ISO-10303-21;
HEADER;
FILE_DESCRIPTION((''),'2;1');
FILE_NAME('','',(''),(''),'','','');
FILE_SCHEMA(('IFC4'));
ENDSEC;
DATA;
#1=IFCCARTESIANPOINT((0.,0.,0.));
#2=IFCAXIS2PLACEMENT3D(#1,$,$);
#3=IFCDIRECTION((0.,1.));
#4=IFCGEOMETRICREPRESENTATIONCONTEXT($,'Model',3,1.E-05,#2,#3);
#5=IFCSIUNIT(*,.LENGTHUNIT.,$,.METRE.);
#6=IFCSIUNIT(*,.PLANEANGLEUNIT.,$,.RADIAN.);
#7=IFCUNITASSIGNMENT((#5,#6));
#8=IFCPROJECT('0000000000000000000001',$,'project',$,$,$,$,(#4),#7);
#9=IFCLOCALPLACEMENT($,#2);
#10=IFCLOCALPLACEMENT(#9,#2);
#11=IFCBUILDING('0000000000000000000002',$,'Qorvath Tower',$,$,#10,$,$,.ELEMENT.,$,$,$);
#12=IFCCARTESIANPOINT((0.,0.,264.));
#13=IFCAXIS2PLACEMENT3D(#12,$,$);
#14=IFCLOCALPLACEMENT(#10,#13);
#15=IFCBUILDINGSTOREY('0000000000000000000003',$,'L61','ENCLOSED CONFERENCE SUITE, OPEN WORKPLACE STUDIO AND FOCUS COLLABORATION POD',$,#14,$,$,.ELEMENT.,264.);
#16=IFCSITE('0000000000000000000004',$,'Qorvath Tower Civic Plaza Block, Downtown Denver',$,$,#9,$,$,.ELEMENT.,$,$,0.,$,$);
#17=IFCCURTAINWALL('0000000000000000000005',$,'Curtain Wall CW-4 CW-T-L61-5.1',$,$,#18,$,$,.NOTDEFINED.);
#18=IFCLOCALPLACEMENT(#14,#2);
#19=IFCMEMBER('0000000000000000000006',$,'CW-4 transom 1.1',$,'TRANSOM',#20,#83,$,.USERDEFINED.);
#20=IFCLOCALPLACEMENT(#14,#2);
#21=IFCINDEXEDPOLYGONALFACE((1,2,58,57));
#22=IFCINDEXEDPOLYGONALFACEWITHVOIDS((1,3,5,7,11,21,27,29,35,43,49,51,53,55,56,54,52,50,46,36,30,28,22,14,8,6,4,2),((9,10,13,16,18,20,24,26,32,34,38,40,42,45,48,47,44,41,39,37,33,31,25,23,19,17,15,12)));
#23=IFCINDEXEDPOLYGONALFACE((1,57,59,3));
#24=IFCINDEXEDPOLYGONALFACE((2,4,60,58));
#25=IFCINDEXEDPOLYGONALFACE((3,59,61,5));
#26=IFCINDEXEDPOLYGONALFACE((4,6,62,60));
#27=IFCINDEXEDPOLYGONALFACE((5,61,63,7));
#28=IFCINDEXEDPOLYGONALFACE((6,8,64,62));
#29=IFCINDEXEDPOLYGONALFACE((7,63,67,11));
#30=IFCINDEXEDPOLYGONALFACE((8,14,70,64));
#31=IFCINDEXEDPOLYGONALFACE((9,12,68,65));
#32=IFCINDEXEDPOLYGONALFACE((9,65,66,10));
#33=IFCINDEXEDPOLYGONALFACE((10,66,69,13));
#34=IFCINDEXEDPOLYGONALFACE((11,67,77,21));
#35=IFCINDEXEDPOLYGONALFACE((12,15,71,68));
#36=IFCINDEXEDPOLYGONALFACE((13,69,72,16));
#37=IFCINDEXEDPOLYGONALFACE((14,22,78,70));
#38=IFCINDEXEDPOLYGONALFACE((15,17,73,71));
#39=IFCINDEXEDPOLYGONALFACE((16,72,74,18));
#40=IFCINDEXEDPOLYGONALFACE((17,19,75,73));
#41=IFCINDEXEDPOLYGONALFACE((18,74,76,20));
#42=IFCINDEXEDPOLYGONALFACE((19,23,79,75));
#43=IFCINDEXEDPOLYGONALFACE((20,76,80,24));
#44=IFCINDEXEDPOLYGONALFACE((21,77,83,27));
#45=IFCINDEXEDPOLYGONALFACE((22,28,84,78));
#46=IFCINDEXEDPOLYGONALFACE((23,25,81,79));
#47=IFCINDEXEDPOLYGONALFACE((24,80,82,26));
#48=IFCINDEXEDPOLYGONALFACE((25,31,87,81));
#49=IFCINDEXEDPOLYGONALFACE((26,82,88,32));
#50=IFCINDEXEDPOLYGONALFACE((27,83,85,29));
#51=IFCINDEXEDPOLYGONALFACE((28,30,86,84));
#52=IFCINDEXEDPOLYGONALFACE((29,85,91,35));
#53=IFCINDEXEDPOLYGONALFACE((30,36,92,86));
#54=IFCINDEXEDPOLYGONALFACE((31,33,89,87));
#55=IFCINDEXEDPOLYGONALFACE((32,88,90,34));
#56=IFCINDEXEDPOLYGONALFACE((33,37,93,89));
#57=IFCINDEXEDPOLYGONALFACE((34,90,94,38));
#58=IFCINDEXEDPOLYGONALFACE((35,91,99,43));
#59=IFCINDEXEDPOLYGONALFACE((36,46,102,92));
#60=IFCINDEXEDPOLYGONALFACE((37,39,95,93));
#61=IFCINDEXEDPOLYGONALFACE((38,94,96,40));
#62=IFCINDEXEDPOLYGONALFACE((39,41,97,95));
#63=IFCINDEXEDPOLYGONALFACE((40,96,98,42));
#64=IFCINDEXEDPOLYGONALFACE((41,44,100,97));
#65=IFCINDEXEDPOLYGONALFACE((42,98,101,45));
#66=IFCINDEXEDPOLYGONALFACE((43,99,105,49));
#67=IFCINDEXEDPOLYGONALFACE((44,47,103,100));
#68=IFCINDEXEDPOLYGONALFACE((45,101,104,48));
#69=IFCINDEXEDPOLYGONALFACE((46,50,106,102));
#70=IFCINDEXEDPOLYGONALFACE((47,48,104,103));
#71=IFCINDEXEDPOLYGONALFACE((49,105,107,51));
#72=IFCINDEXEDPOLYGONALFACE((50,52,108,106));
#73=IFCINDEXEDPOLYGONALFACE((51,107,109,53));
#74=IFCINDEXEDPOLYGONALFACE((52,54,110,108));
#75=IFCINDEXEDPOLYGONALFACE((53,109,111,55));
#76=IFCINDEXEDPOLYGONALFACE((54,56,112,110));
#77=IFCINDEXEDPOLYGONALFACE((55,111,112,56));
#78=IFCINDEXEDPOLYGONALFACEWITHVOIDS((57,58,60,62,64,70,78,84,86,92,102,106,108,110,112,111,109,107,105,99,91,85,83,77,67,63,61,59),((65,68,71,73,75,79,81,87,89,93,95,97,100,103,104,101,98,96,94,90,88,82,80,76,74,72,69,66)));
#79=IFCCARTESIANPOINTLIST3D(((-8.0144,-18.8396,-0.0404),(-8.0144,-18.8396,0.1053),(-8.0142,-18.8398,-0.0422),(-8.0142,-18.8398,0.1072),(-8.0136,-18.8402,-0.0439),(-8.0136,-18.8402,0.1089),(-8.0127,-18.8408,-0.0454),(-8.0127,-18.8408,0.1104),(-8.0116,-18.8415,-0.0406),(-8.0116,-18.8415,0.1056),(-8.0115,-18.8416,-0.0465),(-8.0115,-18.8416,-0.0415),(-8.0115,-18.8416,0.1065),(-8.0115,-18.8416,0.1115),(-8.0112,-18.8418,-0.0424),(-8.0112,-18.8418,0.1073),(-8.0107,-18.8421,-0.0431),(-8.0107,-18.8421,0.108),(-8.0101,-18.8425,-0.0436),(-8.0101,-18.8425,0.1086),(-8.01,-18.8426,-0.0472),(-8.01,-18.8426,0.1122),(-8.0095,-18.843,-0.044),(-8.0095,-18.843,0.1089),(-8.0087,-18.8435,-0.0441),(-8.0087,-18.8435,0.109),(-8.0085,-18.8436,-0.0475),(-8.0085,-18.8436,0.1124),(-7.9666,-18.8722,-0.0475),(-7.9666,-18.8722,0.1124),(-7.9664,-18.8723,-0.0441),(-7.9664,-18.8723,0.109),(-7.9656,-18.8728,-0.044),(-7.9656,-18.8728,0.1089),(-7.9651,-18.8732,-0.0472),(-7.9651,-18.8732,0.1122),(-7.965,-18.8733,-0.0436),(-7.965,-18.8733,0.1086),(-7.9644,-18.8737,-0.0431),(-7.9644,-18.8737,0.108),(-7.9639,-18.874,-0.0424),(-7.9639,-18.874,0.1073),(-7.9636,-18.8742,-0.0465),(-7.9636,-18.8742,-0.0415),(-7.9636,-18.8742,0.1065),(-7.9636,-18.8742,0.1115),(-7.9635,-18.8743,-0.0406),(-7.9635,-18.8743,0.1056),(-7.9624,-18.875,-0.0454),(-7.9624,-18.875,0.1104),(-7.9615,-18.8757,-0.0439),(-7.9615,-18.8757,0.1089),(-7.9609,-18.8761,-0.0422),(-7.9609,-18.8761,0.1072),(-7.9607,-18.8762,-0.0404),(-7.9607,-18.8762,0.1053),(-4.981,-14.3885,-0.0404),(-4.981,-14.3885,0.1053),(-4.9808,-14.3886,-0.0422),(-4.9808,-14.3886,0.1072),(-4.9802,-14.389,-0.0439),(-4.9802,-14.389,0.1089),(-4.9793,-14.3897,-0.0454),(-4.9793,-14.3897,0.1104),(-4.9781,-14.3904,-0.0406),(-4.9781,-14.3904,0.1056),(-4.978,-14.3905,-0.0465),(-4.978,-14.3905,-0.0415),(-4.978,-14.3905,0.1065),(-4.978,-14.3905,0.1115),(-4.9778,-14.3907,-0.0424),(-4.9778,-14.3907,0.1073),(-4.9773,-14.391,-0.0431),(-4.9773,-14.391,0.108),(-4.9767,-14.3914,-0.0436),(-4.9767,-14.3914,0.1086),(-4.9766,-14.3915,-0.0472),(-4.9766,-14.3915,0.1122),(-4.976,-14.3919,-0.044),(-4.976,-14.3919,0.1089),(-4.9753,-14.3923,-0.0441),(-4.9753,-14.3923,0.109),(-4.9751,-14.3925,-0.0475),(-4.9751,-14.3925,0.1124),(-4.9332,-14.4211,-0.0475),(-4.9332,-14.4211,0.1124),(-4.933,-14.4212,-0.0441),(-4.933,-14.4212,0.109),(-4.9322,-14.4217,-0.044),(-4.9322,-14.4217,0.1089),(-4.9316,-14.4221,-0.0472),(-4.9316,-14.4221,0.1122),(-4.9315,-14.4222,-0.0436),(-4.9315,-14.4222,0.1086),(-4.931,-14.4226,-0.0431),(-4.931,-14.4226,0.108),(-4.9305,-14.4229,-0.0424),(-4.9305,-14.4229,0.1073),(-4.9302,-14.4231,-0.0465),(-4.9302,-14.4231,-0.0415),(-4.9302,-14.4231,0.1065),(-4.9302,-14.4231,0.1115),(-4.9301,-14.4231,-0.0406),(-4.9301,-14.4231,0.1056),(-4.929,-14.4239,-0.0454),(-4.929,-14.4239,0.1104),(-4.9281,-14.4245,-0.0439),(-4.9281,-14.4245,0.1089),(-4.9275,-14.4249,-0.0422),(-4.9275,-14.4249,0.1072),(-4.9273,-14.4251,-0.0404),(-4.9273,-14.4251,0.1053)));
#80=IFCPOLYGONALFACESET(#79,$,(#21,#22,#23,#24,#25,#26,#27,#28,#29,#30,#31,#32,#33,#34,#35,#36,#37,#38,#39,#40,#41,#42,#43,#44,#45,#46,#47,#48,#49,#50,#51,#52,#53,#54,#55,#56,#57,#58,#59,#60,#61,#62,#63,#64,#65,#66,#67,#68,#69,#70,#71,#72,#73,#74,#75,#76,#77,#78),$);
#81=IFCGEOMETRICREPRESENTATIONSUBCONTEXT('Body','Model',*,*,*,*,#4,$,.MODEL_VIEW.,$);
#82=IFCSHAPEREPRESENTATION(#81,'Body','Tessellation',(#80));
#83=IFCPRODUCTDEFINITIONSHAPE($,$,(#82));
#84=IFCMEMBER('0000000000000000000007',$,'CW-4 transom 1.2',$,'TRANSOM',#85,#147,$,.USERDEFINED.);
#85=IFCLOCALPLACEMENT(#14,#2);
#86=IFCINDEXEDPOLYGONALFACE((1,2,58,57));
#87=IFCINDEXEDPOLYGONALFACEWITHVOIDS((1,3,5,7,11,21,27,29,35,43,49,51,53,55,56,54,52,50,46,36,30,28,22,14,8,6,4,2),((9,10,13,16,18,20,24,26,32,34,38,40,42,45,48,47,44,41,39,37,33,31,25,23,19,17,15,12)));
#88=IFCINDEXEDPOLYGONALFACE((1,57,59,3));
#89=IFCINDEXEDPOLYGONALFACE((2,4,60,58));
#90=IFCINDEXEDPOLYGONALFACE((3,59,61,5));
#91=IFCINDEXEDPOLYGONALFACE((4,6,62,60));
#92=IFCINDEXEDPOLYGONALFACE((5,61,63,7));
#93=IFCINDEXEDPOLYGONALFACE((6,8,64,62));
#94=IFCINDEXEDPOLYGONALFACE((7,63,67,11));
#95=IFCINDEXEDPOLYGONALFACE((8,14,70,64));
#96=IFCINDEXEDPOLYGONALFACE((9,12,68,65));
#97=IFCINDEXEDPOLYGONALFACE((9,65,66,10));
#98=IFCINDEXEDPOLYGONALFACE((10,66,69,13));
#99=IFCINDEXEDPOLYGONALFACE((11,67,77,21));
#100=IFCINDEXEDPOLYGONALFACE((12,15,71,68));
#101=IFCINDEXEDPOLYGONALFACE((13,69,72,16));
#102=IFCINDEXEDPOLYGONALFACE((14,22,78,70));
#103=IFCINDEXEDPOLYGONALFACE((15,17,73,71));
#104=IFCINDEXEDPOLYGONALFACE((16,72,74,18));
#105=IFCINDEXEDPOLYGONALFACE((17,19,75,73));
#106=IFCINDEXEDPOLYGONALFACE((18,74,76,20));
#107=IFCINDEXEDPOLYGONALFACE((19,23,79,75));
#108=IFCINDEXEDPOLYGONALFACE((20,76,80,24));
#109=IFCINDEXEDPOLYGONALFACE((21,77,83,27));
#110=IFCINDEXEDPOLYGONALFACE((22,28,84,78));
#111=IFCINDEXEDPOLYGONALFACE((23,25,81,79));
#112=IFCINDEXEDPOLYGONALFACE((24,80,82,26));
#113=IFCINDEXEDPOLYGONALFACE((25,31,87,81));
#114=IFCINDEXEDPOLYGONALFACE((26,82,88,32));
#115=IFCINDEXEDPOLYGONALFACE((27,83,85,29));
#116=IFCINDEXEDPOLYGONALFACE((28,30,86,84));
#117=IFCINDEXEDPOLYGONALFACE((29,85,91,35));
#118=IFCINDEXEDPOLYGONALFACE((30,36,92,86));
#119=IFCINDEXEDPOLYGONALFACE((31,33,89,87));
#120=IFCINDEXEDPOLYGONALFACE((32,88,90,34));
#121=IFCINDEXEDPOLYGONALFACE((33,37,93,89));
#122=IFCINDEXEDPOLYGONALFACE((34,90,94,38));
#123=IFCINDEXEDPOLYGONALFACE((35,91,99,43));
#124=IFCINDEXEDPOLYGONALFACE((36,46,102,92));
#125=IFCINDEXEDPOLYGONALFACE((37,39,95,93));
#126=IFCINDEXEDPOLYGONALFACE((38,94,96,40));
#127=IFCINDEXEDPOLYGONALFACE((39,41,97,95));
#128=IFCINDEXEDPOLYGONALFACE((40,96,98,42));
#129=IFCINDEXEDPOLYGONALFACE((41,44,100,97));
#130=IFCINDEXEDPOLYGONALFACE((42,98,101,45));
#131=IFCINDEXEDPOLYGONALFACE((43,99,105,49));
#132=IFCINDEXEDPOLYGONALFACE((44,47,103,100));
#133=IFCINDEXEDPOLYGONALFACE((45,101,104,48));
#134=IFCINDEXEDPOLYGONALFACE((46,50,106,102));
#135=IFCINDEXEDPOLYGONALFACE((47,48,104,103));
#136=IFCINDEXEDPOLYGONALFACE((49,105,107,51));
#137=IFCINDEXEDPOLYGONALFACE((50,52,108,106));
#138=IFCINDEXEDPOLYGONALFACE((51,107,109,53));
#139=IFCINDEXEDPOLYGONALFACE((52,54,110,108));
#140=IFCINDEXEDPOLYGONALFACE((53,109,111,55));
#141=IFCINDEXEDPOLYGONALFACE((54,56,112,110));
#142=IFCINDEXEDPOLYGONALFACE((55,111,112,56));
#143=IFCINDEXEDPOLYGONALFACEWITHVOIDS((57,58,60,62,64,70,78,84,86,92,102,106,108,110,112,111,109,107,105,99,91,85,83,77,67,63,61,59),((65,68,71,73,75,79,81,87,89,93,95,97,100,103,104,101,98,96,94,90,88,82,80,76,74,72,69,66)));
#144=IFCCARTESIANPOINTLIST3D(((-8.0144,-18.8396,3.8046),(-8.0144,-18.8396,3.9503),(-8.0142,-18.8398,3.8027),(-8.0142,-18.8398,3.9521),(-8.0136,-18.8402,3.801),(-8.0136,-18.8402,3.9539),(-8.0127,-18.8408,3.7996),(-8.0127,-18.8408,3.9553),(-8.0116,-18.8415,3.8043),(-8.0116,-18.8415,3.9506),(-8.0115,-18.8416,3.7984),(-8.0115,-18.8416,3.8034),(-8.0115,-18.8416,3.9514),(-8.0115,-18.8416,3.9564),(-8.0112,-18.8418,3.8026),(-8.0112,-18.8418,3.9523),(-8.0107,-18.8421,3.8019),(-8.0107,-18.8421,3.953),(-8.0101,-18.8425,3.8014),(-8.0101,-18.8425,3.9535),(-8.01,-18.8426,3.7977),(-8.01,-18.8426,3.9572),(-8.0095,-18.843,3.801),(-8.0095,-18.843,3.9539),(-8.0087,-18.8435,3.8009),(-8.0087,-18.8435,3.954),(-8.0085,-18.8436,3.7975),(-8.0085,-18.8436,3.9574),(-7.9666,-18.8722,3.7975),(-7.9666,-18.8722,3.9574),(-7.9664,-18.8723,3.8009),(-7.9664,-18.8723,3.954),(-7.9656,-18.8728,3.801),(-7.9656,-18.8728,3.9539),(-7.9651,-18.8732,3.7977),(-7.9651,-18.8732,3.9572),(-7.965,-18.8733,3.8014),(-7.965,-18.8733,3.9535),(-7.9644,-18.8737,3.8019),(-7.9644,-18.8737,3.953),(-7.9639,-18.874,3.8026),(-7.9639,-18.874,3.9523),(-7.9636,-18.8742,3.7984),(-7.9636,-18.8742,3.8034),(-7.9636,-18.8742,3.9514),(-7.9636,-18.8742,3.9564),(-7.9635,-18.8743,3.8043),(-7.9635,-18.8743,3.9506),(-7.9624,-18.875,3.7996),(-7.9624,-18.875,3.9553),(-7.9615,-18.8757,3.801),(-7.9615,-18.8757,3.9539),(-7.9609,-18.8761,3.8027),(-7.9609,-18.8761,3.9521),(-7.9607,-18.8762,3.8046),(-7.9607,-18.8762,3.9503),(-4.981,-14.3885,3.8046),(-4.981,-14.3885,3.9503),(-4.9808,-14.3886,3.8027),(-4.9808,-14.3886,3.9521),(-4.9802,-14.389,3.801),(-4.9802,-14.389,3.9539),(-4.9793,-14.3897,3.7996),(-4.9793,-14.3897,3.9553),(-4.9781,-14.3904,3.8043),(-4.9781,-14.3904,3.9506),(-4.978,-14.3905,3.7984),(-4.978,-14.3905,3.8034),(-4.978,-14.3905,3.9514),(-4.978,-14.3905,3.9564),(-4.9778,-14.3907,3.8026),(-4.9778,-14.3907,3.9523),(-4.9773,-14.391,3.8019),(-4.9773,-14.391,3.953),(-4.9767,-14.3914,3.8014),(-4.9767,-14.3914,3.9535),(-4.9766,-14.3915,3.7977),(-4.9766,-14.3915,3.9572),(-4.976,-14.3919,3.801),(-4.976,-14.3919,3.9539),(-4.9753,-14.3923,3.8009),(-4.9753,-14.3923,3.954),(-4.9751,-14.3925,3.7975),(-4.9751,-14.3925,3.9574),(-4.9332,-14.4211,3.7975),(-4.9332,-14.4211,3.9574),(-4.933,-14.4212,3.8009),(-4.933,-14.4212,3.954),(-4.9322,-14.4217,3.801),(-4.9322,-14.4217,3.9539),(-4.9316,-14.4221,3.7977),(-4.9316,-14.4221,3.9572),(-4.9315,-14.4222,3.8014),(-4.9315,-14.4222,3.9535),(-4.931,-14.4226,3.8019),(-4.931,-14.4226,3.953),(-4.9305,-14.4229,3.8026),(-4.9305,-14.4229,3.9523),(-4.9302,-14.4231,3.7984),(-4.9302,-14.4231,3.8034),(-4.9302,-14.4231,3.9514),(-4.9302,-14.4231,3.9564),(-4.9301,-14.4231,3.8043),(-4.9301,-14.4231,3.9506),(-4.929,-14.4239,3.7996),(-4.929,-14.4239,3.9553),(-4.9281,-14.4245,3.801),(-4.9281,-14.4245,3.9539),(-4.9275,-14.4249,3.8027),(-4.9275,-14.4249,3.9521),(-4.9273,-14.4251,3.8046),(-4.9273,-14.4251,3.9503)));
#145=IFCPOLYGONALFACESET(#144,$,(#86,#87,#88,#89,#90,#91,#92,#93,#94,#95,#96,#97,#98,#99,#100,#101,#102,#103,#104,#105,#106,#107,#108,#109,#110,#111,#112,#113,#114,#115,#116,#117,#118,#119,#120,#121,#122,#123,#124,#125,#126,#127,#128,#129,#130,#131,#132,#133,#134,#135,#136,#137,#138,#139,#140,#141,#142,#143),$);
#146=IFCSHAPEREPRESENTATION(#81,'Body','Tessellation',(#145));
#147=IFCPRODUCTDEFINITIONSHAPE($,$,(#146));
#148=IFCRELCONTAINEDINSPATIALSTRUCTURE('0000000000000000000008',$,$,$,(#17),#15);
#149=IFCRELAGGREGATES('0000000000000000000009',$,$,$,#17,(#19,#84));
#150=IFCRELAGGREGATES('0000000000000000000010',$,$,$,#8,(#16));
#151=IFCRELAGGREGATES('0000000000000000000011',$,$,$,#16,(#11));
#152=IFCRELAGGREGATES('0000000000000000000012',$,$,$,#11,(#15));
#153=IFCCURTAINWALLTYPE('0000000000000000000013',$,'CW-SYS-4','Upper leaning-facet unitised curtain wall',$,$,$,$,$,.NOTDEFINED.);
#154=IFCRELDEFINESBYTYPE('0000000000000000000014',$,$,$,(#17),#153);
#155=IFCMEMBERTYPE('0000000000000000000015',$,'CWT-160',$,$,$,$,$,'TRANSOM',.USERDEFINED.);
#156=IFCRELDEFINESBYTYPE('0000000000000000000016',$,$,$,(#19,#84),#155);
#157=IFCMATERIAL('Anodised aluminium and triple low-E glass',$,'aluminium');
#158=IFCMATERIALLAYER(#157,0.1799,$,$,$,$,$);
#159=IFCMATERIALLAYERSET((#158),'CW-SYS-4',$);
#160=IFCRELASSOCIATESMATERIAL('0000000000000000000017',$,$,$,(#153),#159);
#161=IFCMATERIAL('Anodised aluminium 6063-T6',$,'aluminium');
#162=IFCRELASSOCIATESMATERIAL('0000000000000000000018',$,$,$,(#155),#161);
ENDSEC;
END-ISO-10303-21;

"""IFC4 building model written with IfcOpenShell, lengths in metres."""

from ifc_helpers import new_model, si_unit, direction, frame, origin, origin_2d, place, context, subcontext, project, spatial, hollow_rectangle, extrude, material, layer, layer_set, material_profile, profile_set, type_object, element, aggregate, save


model = new_model("IFC4")

# Units and contexts
model_context = context("Model", 3, precision=1e-05, world=origin(), true_north=direction((0.0, 1.0)))
body_context = subcontext(model_context, "Body", "Model", "MODEL_VIEW")
ifc_project = project(units=[si_unit("LENGTHUNIT", "METRE"), si_unit("PLANEANGLEUNIT", "RADIAN")], contexts=[model_context])

# Site, building, storey
site_placement = place(None, origin())
site = spatial("IfcSite", under=ifc_project, at=site_placement, Name="Qorvath Tower Civic Plaza Block, Downtown Denver", CompositionType="ELEMENT", RefElevation=0.0)
building_placement = place(site_placement, origin())
building = spatial("IfcBuilding", under=site, at=building_placement, Name="Qorvath Tower", CompositionType="ELEMENT")
storey_placement = place(building_placement, frame((0.0, 0.0, 264.0)))
storey = spatial("IfcBuildingStorey", under=building, at=storey_placement, Name="L61", Description="ENCLOSED CONFERENCE SUITE, OPEN WORKPLACE STUDIO AND FOCUS COLLABORATION POD", CompositionType="ELEMENT", Elevation=264.0)

# Shared definitions
ifc_material_1 = material(Name="Anodised aluminium and triple low-E glass", Category="aluminium")
ifc_layer_1 = layer(ifc_material_1, 0.1799)
ifc_layer_set_1 = layer_set([ifc_layer_1], Name="CW-SYS-4")
curtain_wall_type = type_object("IfcCurtainWallType", Name="CW-SYS-4", Description="Upper leaning-facet unitised curtain wall", PredefinedType="NOTDEFINED", material=ifc_layer_set_1)

# Curtain wall
curtain_wall_1_placement = place(storey_placement, origin())
curtain_wall_1 = element("IfcCurtainWall", 1, at=curtain_wall_1_placement, inside=storey, type_object=curtain_wall_type, Name="Curtain Wall CW-4 CW-T-L61-5.1", PredefinedType="NOTDEFINED")

# Members
ifc_material_2 = material(Name="Anodised aluminium 6063-T6", Category="aluminium")
ifc_material_profile_1 = material_profile(ifc_material_2, hollow_rectangle(XDim=0.0649, YDim=0.1599, WallThickness=0.0034, InnerFilletRadius=0.0034, OuterFilletRadius=0.0071, at=origin_2d()), Name="CWT 160x65")
ifc_profile_set_1 = profile_set([ifc_material_profile_1], Name="Anodised aluminium 6063-T6")
member_type_1 = type_object("IfcMemberType", Name="CWT-160", ElementType="TRANSOM", PredefinedType="USERDEFINED", material=ifc_profile_set_1)
member_1_placement = place(storey_placement, frame((-7.9875, -18.8579, 0.0325), z_axis=(0.563154, 0.826352, 0.0), x_axis=(-0.826352, 0.563154, 0.0)))
member_1 = element("IfcMember", 2, at=member_1_placement, type_object=member_type_1, Name="CW-4 transom 1.1", ObjectType="TRANSOM", PredefinedType="USERDEFINED", context=body_context, shape_type="SweptSolid", body=[
    extrude(hollow_rectangle(XDim=0.0649, YDim=0.1599, WallThickness=0.0034, InnerFilletRadius=0.0034, OuterFilletRadius=0.0071, at=origin_2d()), origin(), (0.0, 0.0, 1.0), 5.3865),
])
member_2_placement = place(storey_placement, frame((-7.9875, -18.8579, 3.8774), z_axis=(0.563154, 0.826352, 0.0), x_axis=(-0.826352, 0.563154, 0.0)))
member_2 = element("IfcMember", 3, at=member_2_placement, type_object=member_type_1, Name="CW-4 transom 1.2", ObjectType="TRANSOM", PredefinedType="USERDEFINED", context=body_context, shape_type="SweptSolid", body=[
    extrude(hollow_rectangle(XDim=0.0649, YDim=0.1599, WallThickness=0.0034, InnerFilletRadius=0.0034, OuterFilletRadius=0.0071, at=origin_2d()), origin(), (0.0, 0.0, 1.0), 5.3865),
])

aggregate(curtain_wall_1, [member_1, member_2])

save(model, "model.ifc")
